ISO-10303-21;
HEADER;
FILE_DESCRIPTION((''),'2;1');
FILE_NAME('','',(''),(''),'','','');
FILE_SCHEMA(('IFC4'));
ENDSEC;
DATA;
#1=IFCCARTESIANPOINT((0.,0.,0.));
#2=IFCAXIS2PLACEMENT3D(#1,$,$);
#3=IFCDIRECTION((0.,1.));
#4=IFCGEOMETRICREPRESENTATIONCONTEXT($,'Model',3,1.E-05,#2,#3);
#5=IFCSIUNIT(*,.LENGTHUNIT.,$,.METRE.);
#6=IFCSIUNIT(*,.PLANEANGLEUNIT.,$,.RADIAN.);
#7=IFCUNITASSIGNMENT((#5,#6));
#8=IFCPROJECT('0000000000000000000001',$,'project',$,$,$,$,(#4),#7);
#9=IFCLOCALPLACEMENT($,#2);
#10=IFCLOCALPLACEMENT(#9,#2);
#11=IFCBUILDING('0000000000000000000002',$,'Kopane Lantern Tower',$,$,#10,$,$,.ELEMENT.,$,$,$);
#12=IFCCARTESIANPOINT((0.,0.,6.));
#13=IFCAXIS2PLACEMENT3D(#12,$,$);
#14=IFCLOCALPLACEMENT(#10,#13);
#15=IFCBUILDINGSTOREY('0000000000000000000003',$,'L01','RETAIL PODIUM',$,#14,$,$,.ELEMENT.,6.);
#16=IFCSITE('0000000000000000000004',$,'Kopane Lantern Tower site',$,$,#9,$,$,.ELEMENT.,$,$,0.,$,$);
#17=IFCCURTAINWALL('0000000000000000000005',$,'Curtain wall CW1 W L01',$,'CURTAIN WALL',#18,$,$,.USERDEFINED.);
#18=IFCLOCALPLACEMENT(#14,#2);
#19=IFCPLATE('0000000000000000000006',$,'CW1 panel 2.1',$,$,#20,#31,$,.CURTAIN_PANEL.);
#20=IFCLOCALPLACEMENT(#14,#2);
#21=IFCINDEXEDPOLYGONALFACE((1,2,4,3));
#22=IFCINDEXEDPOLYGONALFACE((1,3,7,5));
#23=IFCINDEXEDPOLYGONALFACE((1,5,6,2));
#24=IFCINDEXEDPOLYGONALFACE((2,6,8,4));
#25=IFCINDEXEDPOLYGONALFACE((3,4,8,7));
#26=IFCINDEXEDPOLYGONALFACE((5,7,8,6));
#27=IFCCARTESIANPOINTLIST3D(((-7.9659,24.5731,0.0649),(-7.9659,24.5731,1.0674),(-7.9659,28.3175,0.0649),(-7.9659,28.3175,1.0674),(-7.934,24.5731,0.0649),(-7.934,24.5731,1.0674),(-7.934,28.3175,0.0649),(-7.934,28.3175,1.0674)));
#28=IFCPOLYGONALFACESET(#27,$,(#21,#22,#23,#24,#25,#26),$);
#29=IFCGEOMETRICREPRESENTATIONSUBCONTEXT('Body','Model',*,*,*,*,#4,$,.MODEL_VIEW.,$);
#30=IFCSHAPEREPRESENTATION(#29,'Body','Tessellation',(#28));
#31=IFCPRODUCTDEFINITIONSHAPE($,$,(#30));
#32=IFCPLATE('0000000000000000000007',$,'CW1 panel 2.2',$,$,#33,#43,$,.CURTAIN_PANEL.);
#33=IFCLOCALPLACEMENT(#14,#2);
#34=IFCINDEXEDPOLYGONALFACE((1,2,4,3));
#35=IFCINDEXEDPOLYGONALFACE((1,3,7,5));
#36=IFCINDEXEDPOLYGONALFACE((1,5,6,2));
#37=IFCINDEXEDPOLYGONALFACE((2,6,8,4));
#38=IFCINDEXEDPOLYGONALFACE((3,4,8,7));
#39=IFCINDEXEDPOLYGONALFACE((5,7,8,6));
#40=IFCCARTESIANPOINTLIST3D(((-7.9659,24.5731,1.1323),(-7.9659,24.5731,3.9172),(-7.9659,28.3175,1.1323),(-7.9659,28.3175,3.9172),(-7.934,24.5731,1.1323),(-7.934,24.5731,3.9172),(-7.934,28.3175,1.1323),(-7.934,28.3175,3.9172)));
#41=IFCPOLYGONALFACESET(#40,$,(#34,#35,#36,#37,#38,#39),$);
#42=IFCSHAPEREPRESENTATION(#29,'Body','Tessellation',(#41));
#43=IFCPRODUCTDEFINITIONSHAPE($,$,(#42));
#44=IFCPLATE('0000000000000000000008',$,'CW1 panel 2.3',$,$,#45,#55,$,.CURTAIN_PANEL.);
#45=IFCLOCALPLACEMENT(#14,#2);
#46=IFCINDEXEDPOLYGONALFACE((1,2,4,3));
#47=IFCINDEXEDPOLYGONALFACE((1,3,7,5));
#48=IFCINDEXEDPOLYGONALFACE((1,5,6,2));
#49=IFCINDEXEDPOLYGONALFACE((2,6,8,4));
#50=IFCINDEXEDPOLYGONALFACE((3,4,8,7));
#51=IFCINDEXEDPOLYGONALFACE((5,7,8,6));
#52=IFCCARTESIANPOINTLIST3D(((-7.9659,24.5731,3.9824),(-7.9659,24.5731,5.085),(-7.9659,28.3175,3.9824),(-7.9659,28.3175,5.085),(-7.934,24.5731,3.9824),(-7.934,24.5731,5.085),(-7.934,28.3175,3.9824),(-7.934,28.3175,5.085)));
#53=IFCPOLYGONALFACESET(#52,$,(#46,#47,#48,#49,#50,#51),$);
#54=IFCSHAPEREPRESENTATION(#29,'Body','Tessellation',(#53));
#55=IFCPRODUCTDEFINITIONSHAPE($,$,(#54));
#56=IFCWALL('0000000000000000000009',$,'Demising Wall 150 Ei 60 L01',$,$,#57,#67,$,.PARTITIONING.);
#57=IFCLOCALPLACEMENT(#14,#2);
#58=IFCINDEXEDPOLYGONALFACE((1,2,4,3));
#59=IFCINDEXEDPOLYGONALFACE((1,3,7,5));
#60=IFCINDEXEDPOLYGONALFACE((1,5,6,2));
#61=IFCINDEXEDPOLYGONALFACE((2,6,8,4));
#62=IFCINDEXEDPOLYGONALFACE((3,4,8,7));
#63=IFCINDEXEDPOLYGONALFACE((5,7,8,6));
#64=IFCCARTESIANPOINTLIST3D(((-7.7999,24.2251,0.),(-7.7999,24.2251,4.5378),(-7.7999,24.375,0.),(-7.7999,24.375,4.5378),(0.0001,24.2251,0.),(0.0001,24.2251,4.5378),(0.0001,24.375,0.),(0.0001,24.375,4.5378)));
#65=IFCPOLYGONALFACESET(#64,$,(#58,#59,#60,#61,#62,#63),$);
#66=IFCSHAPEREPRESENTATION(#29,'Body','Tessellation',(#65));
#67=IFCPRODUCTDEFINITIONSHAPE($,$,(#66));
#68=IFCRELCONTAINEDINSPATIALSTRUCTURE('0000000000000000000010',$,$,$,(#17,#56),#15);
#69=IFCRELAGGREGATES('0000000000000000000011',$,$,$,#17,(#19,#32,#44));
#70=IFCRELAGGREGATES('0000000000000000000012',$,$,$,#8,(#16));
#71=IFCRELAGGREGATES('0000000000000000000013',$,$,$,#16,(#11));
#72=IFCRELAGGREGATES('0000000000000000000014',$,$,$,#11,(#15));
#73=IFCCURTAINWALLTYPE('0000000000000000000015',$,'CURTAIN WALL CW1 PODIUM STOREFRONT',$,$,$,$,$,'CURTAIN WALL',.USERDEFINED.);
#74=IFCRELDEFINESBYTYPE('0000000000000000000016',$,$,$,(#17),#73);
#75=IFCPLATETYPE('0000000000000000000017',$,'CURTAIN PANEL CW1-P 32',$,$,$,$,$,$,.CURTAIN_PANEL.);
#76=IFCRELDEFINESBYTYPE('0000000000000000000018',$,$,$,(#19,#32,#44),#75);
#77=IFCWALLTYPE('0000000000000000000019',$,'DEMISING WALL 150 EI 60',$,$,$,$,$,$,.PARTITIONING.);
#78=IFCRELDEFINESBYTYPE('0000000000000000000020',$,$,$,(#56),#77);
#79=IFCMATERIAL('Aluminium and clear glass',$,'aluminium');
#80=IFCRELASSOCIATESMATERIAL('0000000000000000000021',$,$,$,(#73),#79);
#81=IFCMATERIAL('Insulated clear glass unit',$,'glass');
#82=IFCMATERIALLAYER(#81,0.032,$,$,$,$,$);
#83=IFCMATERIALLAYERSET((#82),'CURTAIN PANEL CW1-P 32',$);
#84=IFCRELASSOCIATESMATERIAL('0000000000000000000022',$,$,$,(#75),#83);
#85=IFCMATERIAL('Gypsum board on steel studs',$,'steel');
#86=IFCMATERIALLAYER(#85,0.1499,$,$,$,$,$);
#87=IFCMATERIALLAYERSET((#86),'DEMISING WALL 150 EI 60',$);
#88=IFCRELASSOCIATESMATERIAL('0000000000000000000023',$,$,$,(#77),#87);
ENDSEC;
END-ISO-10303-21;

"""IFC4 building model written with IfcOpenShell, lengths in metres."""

from ifc_helpers import new_model, si_unit, direction, frame, frame_2d, origin, origin_2d, place, context, subcontext, project, spatial, rectangle, extrude, material, layer, layer_set, type_object, element, aggregate, save


model = new_model("IFC4")

# Units and contexts
model_context = context("Model", 3, precision=1e-05, world=origin(), true_north=direction((0.0, 1.0)))
body_context = subcontext(model_context, "Body", "Model", "MODEL_VIEW")
ifc_project = project(units=[si_unit("LENGTHUNIT", "METRE"), si_unit("PLANEANGLEUNIT", "RADIAN")], contexts=[model_context])

# Site, building, storey
site_placement = place(None, origin())
site = spatial("IfcSite", under=ifc_project, at=site_placement, Name="Kopane Lantern Tower site", CompositionType="ELEMENT", RefElevation=0.0)
building_placement = place(site_placement, origin())
building = spatial("IfcBuilding", under=site, at=building_placement, Name="Kopane Lantern Tower", CompositionType="ELEMENT")
storey_placement = place(building_placement, frame((0.0, 0.0, 6.0)))
storey = spatial("IfcBuildingStorey", under=building, at=storey_placement, Name="L01", Description="RETAIL PODIUM", CompositionType="ELEMENT", Elevation=6.0)

# Curtain wall, plates
ifc_material_1 = material(Name="Aluminium and clear glass", Category="aluminium")
curtain_wall_type = type_object("IfcCurtainWallType", Name="CURTAIN WALL CW1 PODIUM STOREFRONT", ElementType="CURTAIN WALL", PredefinedType="USERDEFINED", material=ifc_material_1)
curtain_wall_placement = place(storey_placement, origin())
curtain_wall = element("IfcCurtainWall", 1, at=curtain_wall_placement, inside=storey, type_object=curtain_wall_type, Name="Curtain wall CW1 W L01", ObjectType="CURTAIN WALL", PredefinedType="USERDEFINED")
ifc_material_2 = material(Name="Insulated clear glass unit", Category="glass")
ifc_layer_1 = layer(ifc_material_2, 0.032)
ifc_layer_set_1 = layer_set([ifc_layer_1], Name="CURTAIN PANEL CW1-P 32")
plate_type = type_object("IfcPlateType", Name="CURTAIN PANEL CW1-P 32", PredefinedType="CURTAIN_PANEL", material=ifc_layer_set_1)
plate_1_placement = place(storey_placement, frame((-7.95, 26.4453, 0.0649), z_axis=(0.0, 0.0, 1.0), x_axis=(0.0, -1.0, 0.0)))
plate_1 = element("IfcPlate", 2, at=plate_1_placement, type_object=plate_type, Name="CW1 panel 2.1", PredefinedType="CURTAIN_PANEL", context=body_context, shape_type="SweptSolid", body=[
    extrude(rectangle(XDim=3.7444, YDim=0.032, at=origin_2d()), origin(), (0.0, 0.0, 1.0), 1.0024),
])
plate_2_placement = place(storey_placement, frame((-7.95, 26.4453, 1.1323), z_axis=(0.0, 0.0, 1.0), x_axis=(0.0, -1.0, 0.0)))
plate_2 = element("IfcPlate", 3, at=plate_2_placement, type_object=plate_type, Name="CW1 panel 2.2", PredefinedType="CURTAIN_PANEL", context=body_context, shape_type="SweptSolid", body=[
    extrude(rectangle(XDim=3.7444, YDim=0.032, at=origin_2d()), origin(), (0.0, 0.0, 1.0), 2.7849),
])
plate_3_placement = place(storey_placement, frame((-7.95, 26.4453, 3.9824), z_axis=(0.0, 0.0, 1.0), x_axis=(0.0, -1.0, 0.0)))
plate_3 = element("IfcPlate", 4, at=plate_3_placement, type_object=plate_type, Name="CW1 panel 2.3", PredefinedType="CURTAIN_PANEL", context=body_context, shape_type="SweptSolid", body=[
    extrude(rectangle(XDim=3.7444, YDim=0.032, at=origin_2d()), origin(), (0.0, 0.0, 1.0), 1.1025),
])
aggregate(curtain_wall, [plate_1, plate_2, plate_3])

# Wall
ifc_material_3 = material(Name="Gypsum board on steel studs", Category="steel")
ifc_layer_2 = layer(ifc_material_3, 0.1499)
ifc_layer_set_2 = layer_set([ifc_layer_2], Name="DEMISING WALL 150 EI 60")
wall_type = type_object("IfcWallType", Name="DEMISING WALL 150 EI 60", PredefinedType="PARTITIONING", material=ifc_layer_set_2)
wall_placement = place(storey_placement, frame((0.0, 24.3, 0.0), z_axis=(0.0, 0.0, 1.0), x_axis=(-1.0, 0.0, 0.0)))
element("IfcWall", 5, at=wall_placement, inside=storey, type_object=wall_type, Name="Demising Wall 150 Ei 60 L01", PredefinedType="PARTITIONING", context=body_context, shape_type="SweptSolid", body=[
    extrude(rectangle(XDim=7.8, YDim=0.1499, at=frame_2d((3.8999, 0.0))), origin(), (0.0, 0.0, 1.0), 4.5378),
])

save(model, "model.ifc")
